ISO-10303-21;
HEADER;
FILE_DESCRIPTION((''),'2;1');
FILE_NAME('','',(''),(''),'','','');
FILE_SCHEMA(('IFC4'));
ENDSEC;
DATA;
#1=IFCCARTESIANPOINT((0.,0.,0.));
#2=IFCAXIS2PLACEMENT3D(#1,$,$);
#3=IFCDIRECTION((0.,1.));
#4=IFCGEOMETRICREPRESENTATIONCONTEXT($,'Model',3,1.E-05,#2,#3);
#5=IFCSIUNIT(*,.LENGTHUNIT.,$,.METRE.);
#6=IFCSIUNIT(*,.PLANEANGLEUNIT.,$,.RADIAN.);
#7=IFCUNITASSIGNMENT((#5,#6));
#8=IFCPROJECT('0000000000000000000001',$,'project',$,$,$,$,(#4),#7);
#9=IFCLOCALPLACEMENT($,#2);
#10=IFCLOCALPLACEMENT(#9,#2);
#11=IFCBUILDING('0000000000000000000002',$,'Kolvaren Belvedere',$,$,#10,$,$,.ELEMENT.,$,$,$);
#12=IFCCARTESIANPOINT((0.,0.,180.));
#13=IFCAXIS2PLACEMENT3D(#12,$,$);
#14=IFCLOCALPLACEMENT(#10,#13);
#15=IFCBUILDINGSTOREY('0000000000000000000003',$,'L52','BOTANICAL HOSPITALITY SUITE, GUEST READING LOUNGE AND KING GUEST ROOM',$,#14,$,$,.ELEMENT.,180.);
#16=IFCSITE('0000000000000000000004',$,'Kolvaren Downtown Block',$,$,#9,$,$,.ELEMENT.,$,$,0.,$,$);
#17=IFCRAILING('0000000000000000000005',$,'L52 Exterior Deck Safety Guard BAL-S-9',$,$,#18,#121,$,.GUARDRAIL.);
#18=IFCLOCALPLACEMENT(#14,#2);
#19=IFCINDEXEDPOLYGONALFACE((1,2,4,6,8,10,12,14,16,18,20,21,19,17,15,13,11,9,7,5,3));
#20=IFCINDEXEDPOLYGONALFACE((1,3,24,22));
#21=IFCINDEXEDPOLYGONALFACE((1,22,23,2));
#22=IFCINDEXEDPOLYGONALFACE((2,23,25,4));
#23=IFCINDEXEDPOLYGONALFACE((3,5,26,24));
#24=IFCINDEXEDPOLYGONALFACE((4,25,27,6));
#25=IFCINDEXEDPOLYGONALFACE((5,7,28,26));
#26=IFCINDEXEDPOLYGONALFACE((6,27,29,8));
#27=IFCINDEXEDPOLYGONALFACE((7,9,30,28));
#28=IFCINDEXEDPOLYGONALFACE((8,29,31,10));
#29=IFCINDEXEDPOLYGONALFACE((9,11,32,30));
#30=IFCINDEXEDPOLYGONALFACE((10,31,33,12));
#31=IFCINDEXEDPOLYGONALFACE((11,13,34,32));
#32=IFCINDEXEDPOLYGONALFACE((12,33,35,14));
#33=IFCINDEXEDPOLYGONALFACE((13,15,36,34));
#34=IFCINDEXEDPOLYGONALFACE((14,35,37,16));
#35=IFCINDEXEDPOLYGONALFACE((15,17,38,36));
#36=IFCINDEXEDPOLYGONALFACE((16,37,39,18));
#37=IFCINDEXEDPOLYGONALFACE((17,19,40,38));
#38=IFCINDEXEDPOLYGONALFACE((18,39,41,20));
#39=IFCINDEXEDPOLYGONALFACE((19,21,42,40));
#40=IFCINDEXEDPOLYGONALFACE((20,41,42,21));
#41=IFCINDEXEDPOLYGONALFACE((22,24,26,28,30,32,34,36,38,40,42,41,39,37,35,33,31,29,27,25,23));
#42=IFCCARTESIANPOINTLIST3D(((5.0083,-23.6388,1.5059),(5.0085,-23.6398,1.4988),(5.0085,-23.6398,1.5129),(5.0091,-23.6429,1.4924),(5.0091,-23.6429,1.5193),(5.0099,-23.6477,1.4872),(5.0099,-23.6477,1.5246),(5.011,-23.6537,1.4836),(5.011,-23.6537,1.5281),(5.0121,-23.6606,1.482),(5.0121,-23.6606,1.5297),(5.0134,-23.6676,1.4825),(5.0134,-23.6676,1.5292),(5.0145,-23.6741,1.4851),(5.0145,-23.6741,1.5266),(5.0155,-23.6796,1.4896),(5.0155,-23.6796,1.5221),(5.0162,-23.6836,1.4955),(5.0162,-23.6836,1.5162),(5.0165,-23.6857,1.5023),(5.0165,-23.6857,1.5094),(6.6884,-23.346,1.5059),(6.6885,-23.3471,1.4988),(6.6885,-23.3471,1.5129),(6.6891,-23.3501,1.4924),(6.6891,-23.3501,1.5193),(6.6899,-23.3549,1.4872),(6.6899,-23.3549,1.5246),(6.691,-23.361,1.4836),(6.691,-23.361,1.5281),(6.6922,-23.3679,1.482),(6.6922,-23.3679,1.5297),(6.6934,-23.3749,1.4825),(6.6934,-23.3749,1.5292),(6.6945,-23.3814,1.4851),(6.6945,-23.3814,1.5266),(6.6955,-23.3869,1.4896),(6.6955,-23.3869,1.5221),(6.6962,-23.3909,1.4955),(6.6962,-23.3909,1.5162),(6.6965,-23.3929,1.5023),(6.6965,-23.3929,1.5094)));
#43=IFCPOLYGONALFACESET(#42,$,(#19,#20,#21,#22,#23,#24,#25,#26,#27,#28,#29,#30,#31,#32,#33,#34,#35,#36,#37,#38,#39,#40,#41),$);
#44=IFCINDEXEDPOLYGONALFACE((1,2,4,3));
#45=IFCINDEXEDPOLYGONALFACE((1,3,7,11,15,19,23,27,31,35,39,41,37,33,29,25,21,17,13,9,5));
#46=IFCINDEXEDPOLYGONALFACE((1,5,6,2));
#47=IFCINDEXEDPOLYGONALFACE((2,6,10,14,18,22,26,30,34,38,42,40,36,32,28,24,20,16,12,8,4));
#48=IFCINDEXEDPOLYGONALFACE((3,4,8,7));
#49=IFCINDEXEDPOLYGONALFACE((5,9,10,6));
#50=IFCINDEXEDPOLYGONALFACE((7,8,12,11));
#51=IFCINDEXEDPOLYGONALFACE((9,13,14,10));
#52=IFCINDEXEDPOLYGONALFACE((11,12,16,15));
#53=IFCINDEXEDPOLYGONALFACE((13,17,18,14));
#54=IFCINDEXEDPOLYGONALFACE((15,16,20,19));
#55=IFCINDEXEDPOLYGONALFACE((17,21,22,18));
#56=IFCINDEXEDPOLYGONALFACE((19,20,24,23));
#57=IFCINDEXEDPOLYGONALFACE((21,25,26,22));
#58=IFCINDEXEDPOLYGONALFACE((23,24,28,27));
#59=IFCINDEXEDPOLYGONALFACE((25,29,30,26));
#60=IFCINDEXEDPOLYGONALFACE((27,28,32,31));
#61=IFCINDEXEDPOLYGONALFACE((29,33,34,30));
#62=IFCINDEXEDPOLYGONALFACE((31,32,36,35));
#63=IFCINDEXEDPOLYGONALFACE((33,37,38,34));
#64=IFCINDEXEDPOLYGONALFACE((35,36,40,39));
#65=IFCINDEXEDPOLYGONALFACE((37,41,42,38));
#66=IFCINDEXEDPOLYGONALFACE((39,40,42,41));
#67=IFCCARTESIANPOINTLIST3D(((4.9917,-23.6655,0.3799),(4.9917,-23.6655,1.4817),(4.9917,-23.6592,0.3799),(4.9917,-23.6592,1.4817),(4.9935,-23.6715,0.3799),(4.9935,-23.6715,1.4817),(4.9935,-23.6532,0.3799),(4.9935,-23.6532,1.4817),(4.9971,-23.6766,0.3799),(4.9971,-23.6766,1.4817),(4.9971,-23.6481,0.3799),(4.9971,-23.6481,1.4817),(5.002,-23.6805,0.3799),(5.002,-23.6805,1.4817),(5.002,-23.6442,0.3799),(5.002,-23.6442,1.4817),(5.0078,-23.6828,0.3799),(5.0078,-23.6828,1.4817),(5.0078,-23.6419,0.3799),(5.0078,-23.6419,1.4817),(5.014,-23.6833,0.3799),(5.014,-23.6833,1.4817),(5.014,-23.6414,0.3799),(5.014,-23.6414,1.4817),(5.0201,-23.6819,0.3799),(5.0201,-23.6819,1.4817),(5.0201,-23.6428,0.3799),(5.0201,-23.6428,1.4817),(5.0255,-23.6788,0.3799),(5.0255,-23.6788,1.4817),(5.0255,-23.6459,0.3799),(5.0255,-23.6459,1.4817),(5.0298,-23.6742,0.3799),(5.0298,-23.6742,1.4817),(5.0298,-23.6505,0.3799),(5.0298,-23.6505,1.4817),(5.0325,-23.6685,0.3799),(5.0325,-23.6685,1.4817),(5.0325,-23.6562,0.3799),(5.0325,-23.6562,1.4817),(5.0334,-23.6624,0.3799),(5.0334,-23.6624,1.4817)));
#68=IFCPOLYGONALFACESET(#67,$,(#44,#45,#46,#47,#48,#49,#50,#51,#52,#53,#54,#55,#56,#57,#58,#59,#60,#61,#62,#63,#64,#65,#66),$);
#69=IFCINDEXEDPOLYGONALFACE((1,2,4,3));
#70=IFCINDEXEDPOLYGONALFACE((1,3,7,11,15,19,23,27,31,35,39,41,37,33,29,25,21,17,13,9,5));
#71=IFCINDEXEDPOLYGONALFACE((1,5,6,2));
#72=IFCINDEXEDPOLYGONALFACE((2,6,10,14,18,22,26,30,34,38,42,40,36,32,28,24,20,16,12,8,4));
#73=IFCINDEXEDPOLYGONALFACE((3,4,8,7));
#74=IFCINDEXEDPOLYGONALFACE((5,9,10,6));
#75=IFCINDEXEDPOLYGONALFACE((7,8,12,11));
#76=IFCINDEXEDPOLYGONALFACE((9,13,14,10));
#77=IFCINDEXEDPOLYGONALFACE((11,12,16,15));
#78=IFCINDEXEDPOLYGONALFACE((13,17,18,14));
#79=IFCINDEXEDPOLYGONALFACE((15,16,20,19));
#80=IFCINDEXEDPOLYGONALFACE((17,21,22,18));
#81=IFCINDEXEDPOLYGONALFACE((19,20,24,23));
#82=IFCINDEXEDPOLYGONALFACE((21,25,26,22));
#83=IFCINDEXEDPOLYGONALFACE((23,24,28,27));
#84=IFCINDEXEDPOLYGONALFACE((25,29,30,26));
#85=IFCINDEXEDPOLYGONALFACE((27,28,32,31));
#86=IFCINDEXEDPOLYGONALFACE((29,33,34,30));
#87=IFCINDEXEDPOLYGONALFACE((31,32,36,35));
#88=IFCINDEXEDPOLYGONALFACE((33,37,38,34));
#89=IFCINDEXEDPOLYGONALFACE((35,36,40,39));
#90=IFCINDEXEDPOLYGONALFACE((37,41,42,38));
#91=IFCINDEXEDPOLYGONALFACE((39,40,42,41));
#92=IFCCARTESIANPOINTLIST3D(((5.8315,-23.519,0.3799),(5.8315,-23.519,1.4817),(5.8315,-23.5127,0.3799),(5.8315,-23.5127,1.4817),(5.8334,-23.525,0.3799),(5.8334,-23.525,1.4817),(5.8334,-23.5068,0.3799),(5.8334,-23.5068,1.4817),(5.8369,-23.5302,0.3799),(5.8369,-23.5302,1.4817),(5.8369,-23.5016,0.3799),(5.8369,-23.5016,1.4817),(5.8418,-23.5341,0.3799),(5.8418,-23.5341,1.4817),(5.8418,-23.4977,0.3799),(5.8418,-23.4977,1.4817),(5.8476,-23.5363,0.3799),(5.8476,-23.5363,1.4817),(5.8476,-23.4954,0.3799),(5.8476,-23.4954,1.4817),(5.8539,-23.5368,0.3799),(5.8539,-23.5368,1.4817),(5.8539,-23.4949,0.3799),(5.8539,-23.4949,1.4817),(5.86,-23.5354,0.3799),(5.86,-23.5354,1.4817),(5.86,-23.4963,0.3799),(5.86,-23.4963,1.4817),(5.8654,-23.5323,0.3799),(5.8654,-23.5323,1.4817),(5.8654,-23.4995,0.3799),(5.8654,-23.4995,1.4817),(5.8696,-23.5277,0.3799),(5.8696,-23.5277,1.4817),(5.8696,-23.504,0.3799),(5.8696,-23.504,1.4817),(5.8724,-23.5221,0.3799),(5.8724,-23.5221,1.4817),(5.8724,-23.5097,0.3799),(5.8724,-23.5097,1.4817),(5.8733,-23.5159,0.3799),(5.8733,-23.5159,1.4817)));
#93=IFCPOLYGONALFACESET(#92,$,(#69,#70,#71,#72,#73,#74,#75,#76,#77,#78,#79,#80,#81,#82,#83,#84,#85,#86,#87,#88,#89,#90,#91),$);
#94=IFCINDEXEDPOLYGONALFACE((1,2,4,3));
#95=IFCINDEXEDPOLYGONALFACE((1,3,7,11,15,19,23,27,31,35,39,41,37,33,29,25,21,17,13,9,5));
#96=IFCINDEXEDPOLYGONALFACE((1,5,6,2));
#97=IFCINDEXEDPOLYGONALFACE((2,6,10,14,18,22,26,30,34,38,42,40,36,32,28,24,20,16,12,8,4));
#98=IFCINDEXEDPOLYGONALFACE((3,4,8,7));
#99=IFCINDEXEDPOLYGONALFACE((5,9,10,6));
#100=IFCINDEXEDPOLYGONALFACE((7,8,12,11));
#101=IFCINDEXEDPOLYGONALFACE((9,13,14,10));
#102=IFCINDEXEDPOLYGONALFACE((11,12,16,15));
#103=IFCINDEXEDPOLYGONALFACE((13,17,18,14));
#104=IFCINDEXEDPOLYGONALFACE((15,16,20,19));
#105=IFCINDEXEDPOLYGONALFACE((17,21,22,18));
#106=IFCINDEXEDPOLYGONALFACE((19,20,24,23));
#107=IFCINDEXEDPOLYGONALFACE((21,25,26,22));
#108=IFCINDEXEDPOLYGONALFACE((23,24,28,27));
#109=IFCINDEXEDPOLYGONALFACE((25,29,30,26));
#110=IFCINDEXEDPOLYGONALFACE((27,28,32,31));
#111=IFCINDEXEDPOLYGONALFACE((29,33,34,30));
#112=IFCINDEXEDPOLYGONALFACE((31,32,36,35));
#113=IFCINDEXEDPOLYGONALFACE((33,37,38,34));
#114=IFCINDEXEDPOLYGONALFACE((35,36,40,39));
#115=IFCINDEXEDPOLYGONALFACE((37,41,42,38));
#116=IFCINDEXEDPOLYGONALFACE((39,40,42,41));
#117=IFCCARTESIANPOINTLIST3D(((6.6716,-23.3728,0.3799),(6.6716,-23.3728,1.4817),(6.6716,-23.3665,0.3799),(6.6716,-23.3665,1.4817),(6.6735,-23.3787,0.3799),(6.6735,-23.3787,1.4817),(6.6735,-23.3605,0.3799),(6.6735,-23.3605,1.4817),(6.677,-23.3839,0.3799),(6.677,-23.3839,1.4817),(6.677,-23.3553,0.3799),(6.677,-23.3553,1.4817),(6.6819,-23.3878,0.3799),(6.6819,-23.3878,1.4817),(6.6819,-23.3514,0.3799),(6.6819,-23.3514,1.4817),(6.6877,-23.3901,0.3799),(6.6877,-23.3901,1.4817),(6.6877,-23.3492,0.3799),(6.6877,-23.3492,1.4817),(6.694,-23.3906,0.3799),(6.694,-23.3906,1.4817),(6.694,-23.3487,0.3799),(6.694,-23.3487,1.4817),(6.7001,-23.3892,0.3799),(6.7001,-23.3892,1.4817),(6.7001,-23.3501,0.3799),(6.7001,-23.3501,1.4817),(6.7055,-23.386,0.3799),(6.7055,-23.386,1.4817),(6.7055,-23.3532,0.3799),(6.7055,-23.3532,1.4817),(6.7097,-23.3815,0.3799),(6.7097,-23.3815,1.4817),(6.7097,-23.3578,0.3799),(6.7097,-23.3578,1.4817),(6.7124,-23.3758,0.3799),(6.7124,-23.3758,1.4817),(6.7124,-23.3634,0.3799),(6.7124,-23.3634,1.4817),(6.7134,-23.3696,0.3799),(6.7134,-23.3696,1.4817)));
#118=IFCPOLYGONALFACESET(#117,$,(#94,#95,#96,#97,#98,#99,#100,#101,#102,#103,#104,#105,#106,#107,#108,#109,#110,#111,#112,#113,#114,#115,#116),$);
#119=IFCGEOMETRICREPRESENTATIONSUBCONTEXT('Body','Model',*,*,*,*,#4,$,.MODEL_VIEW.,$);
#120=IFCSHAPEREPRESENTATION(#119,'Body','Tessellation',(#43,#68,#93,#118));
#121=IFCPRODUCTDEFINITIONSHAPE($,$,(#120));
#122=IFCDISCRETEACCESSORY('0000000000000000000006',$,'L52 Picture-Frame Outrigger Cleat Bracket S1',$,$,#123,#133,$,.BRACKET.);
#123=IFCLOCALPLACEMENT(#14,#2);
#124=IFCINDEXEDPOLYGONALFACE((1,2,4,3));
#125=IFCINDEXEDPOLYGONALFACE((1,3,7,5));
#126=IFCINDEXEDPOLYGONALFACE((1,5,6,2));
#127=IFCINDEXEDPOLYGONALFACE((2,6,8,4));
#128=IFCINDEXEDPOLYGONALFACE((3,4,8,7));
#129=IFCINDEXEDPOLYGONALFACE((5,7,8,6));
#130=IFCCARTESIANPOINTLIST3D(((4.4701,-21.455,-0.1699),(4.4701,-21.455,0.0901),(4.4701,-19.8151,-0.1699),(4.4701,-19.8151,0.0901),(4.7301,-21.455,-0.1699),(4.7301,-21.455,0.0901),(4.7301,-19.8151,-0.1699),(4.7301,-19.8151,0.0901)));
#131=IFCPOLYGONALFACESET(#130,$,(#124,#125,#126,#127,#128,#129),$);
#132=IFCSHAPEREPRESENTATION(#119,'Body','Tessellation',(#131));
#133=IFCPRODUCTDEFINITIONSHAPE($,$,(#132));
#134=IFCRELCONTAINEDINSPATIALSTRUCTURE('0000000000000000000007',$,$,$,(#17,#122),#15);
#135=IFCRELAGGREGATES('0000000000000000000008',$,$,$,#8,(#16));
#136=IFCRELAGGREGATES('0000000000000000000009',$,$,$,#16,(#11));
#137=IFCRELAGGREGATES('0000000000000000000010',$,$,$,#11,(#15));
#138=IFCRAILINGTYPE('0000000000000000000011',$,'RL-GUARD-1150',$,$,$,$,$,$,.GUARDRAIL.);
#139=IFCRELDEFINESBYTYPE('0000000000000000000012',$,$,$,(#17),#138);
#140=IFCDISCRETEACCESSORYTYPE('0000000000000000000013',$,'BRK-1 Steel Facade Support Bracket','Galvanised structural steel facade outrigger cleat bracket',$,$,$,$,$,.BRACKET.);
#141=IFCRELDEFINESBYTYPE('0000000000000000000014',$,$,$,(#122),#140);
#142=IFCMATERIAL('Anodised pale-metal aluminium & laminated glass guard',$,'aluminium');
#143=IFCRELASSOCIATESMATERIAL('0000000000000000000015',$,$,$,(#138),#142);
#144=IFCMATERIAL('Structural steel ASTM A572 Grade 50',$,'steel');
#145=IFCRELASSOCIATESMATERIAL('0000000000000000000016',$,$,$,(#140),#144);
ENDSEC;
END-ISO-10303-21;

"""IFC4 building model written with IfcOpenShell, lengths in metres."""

from ifc_helpers import new_model, si_unit, direction, frame, origin, origin_2d, place, context, subcontext, project, spatial, rectangle, circle, extrude, material, type_object, element, save


model = new_model("IFC4")

# Units and contexts
model_context = context("Model", 3, precision=1e-05, world=origin(), true_north=direction((0.0, 1.0)))
body_context = subcontext(model_context, "Body", "Model", "MODEL_VIEW")
ifc_project = project(units=[si_unit("LENGTHUNIT", "METRE"), si_unit("PLANEANGLEUNIT", "RADIAN")], contexts=[model_context])

# Site, building, storey
site_placement = place(None, origin())
site = spatial("IfcSite", under=ifc_project, at=site_placement, Name="Kolvaren Downtown Block", CompositionType="ELEMENT", RefElevation=0.0)
building_placement = place(site_placement, origin())
building = spatial("IfcBuilding", under=site, at=building_placement, Name="Kolvaren Belvedere", CompositionType="ELEMENT")
storey_placement = place(building_placement, frame((0.0, 0.0, 180.0)))
storey = spatial("IfcBuildingStorey", under=building, at=storey_placement, Name="L52", Description="BOTANICAL HOSPITALITY SUITE, GUEST READING LOUNGE AND KING GUEST ROOM", CompositionType="ELEMENT", Elevation=180.0)

# Railing
ifc_material_1 = material(Name="Anodised pale-metal aluminium & laminated glass guard", Category="aluminium")
railing_type = type_object("IfcRailingType", Name="RL-GUARD-1150", PredefinedType="GUARDRAIL", material=ifc_material_1)
railing_1_placement = place(storey_placement, frame((5.0125, -23.6624, 0.3799)))
element("IfcRailing", 1, at=railing_1_placement, inside=storey, type_object=railing_type, Name="L52 Exterior Deck Safety Guard BAL-S-9", PredefinedType="GUARDRAIL", context=body_context, shape_type="SweptSolid", body=[
    extrude(circle(Radius=0.0239, at=origin_2d()), frame((0.0, 0.0, 1.126), z_axis=(0.985156, 0.171661, 0.0), x_axis=(-0.171661, 0.985156, 0.0)), (0.0, 0.0, 1.0), 1.7053),
    extrude(circle(Radius=0.021, at=origin_2d()), origin(), (0.0, 0.0, 1.0), 1.1018),
    extrude(circle(Radius=0.021, at=origin_2d()), frame((0.8398, 0.1465, 0.0)), (0.0, 0.0, 1.0), 1.1018),
    extrude(circle(Radius=0.021, at=origin_2d()), frame((1.6799, 0.2927, 0.0)), (0.0, 0.0, 1.0), 1.1018),
])

# Discrete accessory
ifc_material_2 = material(Name="Structural steel ASTM A572 Grade 50", Category="steel")
discrete_accessory_type = type_object("IfcDiscreteAccessoryType", Name="BRK-1 Steel Facade Support Bracket", Description="Galvanised structural steel facade outrigger cleat bracket", PredefinedType="BRACKET", material=ifc_material_2)
discrete_accessory_placement = place(storey_placement, frame((4.6001, -20.635, -0.1699), z_axis=(0.0, 0.0, 1.0), x_axis=(0.0, 1.0, 0.0)))
element("IfcDiscreteAccessory", 2, at=discrete_accessory_placement, inside=storey, type_object=discrete_accessory_type, Name="L52 Picture-Frame Outrigger Cleat Bracket S1", PredefinedType="BRACKET", context=body_context, shape_type="SweptSolid", body=[
    extrude(rectangle(XDim=1.6399, YDim=0.26, at=origin_2d()), origin(), (0.0, 0.0, 1.0), 0.26),
])

save(model, "model.ifc")
